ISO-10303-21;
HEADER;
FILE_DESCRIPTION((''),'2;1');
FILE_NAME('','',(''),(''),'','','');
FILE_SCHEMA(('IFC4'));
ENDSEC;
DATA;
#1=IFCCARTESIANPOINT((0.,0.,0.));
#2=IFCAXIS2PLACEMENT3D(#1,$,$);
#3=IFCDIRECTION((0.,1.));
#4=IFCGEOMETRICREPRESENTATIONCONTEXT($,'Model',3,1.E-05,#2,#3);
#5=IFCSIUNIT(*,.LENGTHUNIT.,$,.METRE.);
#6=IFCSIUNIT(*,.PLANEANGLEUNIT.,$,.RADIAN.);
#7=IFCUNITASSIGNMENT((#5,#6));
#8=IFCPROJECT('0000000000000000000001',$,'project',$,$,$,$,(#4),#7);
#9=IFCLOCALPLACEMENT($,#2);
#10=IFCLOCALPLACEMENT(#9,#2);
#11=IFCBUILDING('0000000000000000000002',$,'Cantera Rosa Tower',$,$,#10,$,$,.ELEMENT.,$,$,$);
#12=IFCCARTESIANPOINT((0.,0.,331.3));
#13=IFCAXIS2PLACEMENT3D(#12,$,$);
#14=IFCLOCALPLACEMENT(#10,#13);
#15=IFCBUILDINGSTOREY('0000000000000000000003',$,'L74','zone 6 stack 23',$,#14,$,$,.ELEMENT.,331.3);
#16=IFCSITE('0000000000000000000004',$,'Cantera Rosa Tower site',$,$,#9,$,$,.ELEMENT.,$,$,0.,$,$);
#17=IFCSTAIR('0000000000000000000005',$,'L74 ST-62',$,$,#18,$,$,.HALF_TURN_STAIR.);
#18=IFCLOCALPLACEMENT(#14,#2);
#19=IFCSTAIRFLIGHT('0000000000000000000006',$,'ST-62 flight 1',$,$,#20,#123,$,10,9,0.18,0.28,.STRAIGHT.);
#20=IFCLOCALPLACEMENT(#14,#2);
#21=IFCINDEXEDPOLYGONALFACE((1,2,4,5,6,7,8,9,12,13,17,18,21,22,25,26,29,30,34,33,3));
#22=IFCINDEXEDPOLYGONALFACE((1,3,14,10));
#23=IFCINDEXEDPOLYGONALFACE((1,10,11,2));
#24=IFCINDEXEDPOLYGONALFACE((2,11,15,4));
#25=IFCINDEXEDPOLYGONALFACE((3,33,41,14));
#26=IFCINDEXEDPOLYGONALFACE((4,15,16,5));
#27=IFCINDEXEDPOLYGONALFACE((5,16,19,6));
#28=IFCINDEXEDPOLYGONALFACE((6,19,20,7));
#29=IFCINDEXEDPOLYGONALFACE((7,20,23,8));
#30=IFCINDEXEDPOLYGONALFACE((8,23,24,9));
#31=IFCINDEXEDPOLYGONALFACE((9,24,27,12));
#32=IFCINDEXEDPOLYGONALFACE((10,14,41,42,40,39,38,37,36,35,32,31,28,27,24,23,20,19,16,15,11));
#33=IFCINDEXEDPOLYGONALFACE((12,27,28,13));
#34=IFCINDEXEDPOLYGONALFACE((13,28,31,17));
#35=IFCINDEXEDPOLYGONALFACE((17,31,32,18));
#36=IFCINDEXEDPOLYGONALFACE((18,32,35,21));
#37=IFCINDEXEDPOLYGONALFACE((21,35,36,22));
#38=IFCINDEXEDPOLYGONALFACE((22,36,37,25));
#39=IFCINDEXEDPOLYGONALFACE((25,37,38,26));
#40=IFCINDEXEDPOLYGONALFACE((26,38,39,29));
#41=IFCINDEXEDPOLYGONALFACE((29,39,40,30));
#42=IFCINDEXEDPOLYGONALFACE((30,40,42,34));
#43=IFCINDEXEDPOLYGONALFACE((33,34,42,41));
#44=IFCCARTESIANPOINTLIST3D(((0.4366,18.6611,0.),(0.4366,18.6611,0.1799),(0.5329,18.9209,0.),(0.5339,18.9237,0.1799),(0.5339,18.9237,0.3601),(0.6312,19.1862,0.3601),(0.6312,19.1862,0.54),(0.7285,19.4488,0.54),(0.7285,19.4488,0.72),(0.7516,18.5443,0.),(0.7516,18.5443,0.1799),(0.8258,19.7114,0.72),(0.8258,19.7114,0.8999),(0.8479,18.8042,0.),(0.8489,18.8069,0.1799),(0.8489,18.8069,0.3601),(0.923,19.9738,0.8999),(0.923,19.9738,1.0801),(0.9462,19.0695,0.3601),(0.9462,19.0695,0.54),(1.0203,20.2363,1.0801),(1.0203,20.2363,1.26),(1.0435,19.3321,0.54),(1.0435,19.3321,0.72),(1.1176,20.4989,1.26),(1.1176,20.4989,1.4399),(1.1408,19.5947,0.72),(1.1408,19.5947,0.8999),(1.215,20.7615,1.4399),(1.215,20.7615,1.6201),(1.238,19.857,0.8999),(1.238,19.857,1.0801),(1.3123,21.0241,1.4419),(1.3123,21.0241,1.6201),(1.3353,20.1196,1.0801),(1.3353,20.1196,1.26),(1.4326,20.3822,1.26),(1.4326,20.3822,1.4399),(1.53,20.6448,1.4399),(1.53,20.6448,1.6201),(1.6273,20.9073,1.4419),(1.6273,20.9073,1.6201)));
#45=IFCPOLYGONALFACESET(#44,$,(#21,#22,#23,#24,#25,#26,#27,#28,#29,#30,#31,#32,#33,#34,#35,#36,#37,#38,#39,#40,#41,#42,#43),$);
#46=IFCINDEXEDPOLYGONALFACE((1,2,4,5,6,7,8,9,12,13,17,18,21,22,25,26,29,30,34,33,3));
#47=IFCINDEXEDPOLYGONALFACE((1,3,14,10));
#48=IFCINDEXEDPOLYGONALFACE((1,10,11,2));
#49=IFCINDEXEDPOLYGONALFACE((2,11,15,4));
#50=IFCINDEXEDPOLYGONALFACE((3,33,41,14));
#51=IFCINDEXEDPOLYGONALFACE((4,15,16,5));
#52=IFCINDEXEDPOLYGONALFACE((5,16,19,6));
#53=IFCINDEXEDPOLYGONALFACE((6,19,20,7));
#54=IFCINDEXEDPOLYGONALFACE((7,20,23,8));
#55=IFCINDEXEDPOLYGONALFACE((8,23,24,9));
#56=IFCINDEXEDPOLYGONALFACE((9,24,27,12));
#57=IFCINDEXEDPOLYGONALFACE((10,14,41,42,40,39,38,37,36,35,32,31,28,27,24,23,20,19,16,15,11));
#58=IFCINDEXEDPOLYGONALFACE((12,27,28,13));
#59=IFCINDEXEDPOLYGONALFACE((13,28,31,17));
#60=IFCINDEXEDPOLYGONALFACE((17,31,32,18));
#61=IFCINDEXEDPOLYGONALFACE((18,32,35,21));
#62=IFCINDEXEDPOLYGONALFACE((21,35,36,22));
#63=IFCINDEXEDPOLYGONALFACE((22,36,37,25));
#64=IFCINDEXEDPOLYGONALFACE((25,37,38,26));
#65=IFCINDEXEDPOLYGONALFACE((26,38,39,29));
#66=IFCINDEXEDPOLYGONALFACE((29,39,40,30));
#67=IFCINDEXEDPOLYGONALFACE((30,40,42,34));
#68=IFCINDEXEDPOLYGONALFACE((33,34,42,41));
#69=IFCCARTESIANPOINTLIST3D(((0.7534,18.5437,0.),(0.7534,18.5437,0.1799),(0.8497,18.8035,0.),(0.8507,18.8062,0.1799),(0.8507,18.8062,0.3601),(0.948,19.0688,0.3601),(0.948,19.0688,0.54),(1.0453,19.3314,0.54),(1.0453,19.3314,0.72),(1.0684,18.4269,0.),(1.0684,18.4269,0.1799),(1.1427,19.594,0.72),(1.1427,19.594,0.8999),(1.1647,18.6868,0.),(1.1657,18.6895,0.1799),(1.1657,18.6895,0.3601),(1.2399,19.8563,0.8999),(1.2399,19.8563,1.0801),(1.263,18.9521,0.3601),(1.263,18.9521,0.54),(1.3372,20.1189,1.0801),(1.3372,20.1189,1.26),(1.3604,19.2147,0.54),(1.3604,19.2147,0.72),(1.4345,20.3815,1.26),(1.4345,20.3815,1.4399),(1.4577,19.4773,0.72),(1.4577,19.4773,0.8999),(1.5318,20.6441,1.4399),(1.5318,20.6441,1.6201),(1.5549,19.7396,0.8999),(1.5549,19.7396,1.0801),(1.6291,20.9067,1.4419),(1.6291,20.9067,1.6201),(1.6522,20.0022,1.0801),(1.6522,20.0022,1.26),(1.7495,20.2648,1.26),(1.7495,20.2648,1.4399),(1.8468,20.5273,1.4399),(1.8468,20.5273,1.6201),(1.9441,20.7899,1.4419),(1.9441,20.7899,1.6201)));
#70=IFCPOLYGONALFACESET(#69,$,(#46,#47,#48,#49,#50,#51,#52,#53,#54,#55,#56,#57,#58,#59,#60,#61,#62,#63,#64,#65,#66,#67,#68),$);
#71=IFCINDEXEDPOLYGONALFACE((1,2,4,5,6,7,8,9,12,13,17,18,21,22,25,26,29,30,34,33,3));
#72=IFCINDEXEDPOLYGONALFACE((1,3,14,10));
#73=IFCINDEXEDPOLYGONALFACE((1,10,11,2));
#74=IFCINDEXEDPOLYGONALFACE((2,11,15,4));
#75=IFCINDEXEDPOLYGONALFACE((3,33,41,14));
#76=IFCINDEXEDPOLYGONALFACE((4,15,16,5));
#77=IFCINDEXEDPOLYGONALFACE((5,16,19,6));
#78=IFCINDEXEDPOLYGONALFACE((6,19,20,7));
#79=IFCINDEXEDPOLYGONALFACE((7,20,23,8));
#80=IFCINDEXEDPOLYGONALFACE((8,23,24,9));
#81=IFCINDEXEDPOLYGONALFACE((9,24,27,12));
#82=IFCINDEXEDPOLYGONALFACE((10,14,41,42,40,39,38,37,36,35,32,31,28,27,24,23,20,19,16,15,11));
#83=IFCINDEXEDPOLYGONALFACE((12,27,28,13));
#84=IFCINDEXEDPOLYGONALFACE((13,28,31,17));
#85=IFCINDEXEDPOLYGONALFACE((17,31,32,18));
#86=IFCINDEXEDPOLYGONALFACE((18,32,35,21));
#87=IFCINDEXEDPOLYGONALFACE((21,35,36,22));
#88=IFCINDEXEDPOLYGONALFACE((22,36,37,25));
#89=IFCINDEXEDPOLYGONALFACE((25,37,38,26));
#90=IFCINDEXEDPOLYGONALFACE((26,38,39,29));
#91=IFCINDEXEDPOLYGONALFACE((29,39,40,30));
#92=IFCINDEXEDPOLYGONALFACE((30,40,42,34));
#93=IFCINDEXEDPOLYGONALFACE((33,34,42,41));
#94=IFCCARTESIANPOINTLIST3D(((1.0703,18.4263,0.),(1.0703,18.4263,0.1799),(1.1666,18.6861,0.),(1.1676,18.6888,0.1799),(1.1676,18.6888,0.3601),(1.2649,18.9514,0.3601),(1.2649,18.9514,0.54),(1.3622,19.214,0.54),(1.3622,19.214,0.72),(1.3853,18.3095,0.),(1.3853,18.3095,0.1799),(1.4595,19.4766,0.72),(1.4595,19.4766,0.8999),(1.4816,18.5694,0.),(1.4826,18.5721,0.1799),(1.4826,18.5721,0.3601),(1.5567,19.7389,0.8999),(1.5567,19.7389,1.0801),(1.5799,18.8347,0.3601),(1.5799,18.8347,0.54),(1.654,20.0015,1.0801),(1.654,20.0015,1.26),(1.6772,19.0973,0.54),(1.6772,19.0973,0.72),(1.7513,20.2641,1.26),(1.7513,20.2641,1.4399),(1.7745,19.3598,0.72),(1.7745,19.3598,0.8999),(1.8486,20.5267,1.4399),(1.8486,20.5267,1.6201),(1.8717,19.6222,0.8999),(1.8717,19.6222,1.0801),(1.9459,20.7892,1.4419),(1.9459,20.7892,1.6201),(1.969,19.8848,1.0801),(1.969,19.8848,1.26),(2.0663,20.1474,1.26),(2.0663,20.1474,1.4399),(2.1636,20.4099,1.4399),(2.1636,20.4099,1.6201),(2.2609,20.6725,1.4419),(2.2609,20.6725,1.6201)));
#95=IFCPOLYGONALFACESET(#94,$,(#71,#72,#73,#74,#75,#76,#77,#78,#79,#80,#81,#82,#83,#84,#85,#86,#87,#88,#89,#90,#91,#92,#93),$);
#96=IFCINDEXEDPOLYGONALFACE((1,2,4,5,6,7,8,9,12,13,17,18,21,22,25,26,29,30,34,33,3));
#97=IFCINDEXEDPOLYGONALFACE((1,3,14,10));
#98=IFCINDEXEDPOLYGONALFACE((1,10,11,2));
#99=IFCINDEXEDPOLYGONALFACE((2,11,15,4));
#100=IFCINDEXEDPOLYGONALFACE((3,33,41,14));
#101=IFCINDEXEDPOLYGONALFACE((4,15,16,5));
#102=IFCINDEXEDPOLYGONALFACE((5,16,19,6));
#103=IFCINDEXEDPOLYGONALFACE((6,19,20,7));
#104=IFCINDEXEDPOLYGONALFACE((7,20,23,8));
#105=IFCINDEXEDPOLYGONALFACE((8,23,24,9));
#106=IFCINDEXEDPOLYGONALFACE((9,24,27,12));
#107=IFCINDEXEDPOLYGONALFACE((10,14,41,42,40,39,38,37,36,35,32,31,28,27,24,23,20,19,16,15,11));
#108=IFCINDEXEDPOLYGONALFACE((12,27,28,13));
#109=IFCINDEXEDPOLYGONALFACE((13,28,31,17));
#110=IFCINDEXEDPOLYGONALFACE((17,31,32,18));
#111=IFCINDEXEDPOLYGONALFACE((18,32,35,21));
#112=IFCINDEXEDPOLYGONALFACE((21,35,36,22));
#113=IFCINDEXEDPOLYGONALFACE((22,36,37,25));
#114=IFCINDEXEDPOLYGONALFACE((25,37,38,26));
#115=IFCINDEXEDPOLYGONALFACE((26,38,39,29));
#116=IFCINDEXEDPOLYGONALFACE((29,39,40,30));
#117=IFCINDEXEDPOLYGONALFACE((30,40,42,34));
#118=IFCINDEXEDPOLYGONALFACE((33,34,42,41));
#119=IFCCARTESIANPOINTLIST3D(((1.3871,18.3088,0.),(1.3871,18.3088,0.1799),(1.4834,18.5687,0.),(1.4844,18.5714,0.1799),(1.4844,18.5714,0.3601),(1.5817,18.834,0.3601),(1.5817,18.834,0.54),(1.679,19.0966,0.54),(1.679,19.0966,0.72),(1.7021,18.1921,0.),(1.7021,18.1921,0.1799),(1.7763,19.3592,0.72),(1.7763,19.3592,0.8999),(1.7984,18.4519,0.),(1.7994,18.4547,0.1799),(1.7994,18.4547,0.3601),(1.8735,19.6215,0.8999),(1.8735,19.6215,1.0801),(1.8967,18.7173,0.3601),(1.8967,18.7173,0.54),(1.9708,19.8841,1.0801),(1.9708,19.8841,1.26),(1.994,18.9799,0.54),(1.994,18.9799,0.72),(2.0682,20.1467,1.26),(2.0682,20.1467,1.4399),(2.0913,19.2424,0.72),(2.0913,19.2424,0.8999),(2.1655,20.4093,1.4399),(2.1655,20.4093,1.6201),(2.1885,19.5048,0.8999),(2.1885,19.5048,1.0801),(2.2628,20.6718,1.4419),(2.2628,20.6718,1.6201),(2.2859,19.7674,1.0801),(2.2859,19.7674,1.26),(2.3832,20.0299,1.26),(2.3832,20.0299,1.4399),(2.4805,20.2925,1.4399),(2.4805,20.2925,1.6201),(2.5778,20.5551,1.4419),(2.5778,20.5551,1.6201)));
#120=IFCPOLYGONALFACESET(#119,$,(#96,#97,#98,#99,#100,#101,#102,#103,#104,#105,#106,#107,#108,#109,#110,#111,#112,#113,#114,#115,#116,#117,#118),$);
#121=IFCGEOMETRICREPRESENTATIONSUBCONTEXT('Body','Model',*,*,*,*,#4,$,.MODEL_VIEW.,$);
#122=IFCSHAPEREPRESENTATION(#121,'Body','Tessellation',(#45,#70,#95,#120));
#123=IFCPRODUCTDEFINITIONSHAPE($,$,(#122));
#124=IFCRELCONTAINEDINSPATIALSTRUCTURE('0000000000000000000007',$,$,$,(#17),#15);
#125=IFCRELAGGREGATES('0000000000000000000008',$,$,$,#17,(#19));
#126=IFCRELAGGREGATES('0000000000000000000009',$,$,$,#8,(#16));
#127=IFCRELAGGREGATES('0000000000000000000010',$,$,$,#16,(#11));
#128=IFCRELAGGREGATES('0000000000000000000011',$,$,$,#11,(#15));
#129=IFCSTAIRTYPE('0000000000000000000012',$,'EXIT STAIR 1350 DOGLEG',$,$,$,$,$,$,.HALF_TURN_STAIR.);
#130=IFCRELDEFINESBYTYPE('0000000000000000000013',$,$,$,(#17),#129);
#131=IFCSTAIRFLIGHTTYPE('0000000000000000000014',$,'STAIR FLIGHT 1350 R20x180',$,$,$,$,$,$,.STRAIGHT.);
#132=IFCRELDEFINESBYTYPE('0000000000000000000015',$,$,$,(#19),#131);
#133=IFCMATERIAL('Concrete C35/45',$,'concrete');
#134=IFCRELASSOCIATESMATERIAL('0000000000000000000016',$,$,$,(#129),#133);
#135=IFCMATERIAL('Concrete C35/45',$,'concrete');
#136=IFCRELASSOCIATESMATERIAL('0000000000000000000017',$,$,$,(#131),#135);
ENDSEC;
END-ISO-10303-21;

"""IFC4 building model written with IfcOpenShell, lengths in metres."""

from ifc_helpers import new_model, si_unit, direction, frame, origin, place, context, subcontext, project, spatial, polyline, outline, extrude, material, type_object, element, aggregate, save


model = new_model("IFC4")

# Units and contexts
model_context = context("Model", 3, precision=1e-05, world=origin(), true_north=direction((0.0, 1.0)))
body_context = subcontext(model_context, "Body", "Model", "MODEL_VIEW")
ifc_project = project(units=[si_unit("LENGTHUNIT", "METRE"), si_unit("PLANEANGLEUNIT", "RADIAN")], contexts=[model_context])

# Site, building, storey
site_placement = place(None, origin())
site = spatial("IfcSite", under=ifc_project, at=site_placement, Name="Cantera Rosa Tower site", CompositionType="ELEMENT", RefElevation=0.0)
building_placement = place(site_placement, origin())
building = spatial("IfcBuilding", under=site, at=building_placement, Name="Cantera Rosa Tower", CompositionType="ELEMENT")
storey_placement = place(building_placement, frame((0.0, 0.0, 331.3)))
storey = spatial("IfcBuildingStorey", under=building, at=storey_placement, Name="L74", Description="zone 6 stack 23", CompositionType="ELEMENT", Elevation=331.3)

# Stair, stair flight
ifc_material_1 = material(Name="Concrete C35/45", Category="concrete")
stair_type = type_object("IfcStairType", Name="EXIT STAIR 1350 DOGLEG", PredefinedType="HALF_TURN_STAIR", material=ifc_material_1)
stair_placement = place(storey_placement, origin())
stair = element("IfcStair", 1, at=stair_placement, inside=storey, type_object=stair_type, Name="L74 ST-62", PredefinedType="HALF_TURN_STAIR")
ifc_material_2 = material(Name="Concrete C35/45", Category="concrete")
stair_flight_type = type_object("IfcStairFlightType", Name="STAIR FLIGHT 1350 R20x180", PredefinedType="STRAIGHT", material=ifc_material_2)
stair_flight_1_placement = place(storey_placement, frame((1.0696, 18.4265, 0.0), z_axis=(0.0, 0.0, 1.0), x_axis=(0.347481, 0.937687, 0.0)))
stair_flight_1 = element("IfcStairFlight", 2, at=stair_flight_1_placement, type_object=stair_flight_type, Name="ST-62 flight 1", NumberOfRisers=10, NumberOfTreads=9, PredefinedType="STRAIGHT", RiserHeight=0.18, TreadLength=0.28, context=body_context, shape_type="SweptSolid", body=[
    extrude(outline(polyline([(0.0, 0.0), (0.0, 0.1799), (0.28, 0.1799), (0.28, 0.3601), (0.5601, 0.3601), (0.5601, 0.54), (0.8401, 0.54), (0.8401, 0.72), (1.1201, 0.72), (1.1201, 0.8999), (1.3999, 0.8999), (1.3999, 1.0801), (1.6799, 1.0801), (1.6799, 1.26), (1.96, 1.26), (1.96, 1.4399), (2.24, 1.4399), (2.24, 1.6201), (2.52, 1.6201), (2.52, 1.8), (2.52, 1.4419), (0.2771, 0.0), (0.0, 0.0)])), frame((0.0, 0.675, 0.0), z_axis=(0.0, -1.0, 0.0), x_axis=(1.0, 0.0, 0.0)), (0.0, 0.0, 1.0), 0.3359),
    extrude(outline(polyline([(0.0, 0.0), (0.0, 0.1799), (0.28, 0.1799), (0.28, 0.3601), (0.5601, 0.3601), (0.5601, 0.54), (0.8401, 0.54), (0.8401, 0.72), (1.1201, 0.72), (1.1201, 0.8999), (1.3999, 0.8999), (1.3999, 1.0801), (1.6799, 1.0801), (1.6799, 1.26), (1.96, 1.26), (1.96, 1.4399), (2.24, 1.4399), (2.24, 1.6201), (2.52, 1.6201), (2.52, 1.8), (2.52, 1.4419), (0.2771, 0.0), (0.0, 0.0)])), frame((0.0, 0.3372, 0.0), z_axis=(0.0, -1.0, 0.0), x_axis=(1.0, 0.0, 0.0)), (0.0, 0.0, 1.0), 0.3359),
    extrude(outline(polyline([(0.0, 0.0), (0.0, 0.1799), (0.28, 0.1799), (0.28, 0.3601), (0.5601, 0.3601), (0.5601, 0.54), (0.8401, 0.54), (0.8401, 0.72), (1.1201, 0.72), (1.1201, 0.8999), (1.3999, 0.8999), (1.3999, 1.0801), (1.6799, 1.0801), (1.6799, 1.26), (1.96, 1.26), (1.96, 1.4399), (2.24, 1.4399), (2.24, 1.6201), (2.52, 1.6201), (2.52, 1.8), (2.52, 1.4419), (0.2771, 0.0), (0.0, 0.0)])), frame((0.0, -0.0007, 0.0), z_axis=(0.0, -1.0, 0.0), x_axis=(1.0, 0.0, 0.0)), (0.0, 0.0, 1.0), 0.3359),
    extrude(outline(polyline([(0.0, 0.0), (0.0, 0.1799), (0.28, 0.1799), (0.28, 0.3601), (0.5601, 0.3601), (0.5601, 0.54), (0.8401, 0.54), (0.8401, 0.72), (1.1201, 0.72), (1.1201, 0.8999), (1.3999, 0.8999), (1.3999, 1.0801), (1.6799, 1.0801), (1.6799, 1.26), (1.96, 1.26), (1.96, 1.4399), (2.24, 1.4399), (2.24, 1.6201), (2.52, 1.6201), (2.52, 1.8), (2.52, 1.4419), (0.2771, 0.0), (0.0, 0.0)])), frame((0.0, -0.3386, 0.0), z_axis=(0.0, -1.0, 0.0), x_axis=(1.0, 0.0, 0.0)), (0.0, 0.0, 1.0), 0.3359),
])
aggregate(stair, [stair_flight_1])

save(model, "model.ifc")
